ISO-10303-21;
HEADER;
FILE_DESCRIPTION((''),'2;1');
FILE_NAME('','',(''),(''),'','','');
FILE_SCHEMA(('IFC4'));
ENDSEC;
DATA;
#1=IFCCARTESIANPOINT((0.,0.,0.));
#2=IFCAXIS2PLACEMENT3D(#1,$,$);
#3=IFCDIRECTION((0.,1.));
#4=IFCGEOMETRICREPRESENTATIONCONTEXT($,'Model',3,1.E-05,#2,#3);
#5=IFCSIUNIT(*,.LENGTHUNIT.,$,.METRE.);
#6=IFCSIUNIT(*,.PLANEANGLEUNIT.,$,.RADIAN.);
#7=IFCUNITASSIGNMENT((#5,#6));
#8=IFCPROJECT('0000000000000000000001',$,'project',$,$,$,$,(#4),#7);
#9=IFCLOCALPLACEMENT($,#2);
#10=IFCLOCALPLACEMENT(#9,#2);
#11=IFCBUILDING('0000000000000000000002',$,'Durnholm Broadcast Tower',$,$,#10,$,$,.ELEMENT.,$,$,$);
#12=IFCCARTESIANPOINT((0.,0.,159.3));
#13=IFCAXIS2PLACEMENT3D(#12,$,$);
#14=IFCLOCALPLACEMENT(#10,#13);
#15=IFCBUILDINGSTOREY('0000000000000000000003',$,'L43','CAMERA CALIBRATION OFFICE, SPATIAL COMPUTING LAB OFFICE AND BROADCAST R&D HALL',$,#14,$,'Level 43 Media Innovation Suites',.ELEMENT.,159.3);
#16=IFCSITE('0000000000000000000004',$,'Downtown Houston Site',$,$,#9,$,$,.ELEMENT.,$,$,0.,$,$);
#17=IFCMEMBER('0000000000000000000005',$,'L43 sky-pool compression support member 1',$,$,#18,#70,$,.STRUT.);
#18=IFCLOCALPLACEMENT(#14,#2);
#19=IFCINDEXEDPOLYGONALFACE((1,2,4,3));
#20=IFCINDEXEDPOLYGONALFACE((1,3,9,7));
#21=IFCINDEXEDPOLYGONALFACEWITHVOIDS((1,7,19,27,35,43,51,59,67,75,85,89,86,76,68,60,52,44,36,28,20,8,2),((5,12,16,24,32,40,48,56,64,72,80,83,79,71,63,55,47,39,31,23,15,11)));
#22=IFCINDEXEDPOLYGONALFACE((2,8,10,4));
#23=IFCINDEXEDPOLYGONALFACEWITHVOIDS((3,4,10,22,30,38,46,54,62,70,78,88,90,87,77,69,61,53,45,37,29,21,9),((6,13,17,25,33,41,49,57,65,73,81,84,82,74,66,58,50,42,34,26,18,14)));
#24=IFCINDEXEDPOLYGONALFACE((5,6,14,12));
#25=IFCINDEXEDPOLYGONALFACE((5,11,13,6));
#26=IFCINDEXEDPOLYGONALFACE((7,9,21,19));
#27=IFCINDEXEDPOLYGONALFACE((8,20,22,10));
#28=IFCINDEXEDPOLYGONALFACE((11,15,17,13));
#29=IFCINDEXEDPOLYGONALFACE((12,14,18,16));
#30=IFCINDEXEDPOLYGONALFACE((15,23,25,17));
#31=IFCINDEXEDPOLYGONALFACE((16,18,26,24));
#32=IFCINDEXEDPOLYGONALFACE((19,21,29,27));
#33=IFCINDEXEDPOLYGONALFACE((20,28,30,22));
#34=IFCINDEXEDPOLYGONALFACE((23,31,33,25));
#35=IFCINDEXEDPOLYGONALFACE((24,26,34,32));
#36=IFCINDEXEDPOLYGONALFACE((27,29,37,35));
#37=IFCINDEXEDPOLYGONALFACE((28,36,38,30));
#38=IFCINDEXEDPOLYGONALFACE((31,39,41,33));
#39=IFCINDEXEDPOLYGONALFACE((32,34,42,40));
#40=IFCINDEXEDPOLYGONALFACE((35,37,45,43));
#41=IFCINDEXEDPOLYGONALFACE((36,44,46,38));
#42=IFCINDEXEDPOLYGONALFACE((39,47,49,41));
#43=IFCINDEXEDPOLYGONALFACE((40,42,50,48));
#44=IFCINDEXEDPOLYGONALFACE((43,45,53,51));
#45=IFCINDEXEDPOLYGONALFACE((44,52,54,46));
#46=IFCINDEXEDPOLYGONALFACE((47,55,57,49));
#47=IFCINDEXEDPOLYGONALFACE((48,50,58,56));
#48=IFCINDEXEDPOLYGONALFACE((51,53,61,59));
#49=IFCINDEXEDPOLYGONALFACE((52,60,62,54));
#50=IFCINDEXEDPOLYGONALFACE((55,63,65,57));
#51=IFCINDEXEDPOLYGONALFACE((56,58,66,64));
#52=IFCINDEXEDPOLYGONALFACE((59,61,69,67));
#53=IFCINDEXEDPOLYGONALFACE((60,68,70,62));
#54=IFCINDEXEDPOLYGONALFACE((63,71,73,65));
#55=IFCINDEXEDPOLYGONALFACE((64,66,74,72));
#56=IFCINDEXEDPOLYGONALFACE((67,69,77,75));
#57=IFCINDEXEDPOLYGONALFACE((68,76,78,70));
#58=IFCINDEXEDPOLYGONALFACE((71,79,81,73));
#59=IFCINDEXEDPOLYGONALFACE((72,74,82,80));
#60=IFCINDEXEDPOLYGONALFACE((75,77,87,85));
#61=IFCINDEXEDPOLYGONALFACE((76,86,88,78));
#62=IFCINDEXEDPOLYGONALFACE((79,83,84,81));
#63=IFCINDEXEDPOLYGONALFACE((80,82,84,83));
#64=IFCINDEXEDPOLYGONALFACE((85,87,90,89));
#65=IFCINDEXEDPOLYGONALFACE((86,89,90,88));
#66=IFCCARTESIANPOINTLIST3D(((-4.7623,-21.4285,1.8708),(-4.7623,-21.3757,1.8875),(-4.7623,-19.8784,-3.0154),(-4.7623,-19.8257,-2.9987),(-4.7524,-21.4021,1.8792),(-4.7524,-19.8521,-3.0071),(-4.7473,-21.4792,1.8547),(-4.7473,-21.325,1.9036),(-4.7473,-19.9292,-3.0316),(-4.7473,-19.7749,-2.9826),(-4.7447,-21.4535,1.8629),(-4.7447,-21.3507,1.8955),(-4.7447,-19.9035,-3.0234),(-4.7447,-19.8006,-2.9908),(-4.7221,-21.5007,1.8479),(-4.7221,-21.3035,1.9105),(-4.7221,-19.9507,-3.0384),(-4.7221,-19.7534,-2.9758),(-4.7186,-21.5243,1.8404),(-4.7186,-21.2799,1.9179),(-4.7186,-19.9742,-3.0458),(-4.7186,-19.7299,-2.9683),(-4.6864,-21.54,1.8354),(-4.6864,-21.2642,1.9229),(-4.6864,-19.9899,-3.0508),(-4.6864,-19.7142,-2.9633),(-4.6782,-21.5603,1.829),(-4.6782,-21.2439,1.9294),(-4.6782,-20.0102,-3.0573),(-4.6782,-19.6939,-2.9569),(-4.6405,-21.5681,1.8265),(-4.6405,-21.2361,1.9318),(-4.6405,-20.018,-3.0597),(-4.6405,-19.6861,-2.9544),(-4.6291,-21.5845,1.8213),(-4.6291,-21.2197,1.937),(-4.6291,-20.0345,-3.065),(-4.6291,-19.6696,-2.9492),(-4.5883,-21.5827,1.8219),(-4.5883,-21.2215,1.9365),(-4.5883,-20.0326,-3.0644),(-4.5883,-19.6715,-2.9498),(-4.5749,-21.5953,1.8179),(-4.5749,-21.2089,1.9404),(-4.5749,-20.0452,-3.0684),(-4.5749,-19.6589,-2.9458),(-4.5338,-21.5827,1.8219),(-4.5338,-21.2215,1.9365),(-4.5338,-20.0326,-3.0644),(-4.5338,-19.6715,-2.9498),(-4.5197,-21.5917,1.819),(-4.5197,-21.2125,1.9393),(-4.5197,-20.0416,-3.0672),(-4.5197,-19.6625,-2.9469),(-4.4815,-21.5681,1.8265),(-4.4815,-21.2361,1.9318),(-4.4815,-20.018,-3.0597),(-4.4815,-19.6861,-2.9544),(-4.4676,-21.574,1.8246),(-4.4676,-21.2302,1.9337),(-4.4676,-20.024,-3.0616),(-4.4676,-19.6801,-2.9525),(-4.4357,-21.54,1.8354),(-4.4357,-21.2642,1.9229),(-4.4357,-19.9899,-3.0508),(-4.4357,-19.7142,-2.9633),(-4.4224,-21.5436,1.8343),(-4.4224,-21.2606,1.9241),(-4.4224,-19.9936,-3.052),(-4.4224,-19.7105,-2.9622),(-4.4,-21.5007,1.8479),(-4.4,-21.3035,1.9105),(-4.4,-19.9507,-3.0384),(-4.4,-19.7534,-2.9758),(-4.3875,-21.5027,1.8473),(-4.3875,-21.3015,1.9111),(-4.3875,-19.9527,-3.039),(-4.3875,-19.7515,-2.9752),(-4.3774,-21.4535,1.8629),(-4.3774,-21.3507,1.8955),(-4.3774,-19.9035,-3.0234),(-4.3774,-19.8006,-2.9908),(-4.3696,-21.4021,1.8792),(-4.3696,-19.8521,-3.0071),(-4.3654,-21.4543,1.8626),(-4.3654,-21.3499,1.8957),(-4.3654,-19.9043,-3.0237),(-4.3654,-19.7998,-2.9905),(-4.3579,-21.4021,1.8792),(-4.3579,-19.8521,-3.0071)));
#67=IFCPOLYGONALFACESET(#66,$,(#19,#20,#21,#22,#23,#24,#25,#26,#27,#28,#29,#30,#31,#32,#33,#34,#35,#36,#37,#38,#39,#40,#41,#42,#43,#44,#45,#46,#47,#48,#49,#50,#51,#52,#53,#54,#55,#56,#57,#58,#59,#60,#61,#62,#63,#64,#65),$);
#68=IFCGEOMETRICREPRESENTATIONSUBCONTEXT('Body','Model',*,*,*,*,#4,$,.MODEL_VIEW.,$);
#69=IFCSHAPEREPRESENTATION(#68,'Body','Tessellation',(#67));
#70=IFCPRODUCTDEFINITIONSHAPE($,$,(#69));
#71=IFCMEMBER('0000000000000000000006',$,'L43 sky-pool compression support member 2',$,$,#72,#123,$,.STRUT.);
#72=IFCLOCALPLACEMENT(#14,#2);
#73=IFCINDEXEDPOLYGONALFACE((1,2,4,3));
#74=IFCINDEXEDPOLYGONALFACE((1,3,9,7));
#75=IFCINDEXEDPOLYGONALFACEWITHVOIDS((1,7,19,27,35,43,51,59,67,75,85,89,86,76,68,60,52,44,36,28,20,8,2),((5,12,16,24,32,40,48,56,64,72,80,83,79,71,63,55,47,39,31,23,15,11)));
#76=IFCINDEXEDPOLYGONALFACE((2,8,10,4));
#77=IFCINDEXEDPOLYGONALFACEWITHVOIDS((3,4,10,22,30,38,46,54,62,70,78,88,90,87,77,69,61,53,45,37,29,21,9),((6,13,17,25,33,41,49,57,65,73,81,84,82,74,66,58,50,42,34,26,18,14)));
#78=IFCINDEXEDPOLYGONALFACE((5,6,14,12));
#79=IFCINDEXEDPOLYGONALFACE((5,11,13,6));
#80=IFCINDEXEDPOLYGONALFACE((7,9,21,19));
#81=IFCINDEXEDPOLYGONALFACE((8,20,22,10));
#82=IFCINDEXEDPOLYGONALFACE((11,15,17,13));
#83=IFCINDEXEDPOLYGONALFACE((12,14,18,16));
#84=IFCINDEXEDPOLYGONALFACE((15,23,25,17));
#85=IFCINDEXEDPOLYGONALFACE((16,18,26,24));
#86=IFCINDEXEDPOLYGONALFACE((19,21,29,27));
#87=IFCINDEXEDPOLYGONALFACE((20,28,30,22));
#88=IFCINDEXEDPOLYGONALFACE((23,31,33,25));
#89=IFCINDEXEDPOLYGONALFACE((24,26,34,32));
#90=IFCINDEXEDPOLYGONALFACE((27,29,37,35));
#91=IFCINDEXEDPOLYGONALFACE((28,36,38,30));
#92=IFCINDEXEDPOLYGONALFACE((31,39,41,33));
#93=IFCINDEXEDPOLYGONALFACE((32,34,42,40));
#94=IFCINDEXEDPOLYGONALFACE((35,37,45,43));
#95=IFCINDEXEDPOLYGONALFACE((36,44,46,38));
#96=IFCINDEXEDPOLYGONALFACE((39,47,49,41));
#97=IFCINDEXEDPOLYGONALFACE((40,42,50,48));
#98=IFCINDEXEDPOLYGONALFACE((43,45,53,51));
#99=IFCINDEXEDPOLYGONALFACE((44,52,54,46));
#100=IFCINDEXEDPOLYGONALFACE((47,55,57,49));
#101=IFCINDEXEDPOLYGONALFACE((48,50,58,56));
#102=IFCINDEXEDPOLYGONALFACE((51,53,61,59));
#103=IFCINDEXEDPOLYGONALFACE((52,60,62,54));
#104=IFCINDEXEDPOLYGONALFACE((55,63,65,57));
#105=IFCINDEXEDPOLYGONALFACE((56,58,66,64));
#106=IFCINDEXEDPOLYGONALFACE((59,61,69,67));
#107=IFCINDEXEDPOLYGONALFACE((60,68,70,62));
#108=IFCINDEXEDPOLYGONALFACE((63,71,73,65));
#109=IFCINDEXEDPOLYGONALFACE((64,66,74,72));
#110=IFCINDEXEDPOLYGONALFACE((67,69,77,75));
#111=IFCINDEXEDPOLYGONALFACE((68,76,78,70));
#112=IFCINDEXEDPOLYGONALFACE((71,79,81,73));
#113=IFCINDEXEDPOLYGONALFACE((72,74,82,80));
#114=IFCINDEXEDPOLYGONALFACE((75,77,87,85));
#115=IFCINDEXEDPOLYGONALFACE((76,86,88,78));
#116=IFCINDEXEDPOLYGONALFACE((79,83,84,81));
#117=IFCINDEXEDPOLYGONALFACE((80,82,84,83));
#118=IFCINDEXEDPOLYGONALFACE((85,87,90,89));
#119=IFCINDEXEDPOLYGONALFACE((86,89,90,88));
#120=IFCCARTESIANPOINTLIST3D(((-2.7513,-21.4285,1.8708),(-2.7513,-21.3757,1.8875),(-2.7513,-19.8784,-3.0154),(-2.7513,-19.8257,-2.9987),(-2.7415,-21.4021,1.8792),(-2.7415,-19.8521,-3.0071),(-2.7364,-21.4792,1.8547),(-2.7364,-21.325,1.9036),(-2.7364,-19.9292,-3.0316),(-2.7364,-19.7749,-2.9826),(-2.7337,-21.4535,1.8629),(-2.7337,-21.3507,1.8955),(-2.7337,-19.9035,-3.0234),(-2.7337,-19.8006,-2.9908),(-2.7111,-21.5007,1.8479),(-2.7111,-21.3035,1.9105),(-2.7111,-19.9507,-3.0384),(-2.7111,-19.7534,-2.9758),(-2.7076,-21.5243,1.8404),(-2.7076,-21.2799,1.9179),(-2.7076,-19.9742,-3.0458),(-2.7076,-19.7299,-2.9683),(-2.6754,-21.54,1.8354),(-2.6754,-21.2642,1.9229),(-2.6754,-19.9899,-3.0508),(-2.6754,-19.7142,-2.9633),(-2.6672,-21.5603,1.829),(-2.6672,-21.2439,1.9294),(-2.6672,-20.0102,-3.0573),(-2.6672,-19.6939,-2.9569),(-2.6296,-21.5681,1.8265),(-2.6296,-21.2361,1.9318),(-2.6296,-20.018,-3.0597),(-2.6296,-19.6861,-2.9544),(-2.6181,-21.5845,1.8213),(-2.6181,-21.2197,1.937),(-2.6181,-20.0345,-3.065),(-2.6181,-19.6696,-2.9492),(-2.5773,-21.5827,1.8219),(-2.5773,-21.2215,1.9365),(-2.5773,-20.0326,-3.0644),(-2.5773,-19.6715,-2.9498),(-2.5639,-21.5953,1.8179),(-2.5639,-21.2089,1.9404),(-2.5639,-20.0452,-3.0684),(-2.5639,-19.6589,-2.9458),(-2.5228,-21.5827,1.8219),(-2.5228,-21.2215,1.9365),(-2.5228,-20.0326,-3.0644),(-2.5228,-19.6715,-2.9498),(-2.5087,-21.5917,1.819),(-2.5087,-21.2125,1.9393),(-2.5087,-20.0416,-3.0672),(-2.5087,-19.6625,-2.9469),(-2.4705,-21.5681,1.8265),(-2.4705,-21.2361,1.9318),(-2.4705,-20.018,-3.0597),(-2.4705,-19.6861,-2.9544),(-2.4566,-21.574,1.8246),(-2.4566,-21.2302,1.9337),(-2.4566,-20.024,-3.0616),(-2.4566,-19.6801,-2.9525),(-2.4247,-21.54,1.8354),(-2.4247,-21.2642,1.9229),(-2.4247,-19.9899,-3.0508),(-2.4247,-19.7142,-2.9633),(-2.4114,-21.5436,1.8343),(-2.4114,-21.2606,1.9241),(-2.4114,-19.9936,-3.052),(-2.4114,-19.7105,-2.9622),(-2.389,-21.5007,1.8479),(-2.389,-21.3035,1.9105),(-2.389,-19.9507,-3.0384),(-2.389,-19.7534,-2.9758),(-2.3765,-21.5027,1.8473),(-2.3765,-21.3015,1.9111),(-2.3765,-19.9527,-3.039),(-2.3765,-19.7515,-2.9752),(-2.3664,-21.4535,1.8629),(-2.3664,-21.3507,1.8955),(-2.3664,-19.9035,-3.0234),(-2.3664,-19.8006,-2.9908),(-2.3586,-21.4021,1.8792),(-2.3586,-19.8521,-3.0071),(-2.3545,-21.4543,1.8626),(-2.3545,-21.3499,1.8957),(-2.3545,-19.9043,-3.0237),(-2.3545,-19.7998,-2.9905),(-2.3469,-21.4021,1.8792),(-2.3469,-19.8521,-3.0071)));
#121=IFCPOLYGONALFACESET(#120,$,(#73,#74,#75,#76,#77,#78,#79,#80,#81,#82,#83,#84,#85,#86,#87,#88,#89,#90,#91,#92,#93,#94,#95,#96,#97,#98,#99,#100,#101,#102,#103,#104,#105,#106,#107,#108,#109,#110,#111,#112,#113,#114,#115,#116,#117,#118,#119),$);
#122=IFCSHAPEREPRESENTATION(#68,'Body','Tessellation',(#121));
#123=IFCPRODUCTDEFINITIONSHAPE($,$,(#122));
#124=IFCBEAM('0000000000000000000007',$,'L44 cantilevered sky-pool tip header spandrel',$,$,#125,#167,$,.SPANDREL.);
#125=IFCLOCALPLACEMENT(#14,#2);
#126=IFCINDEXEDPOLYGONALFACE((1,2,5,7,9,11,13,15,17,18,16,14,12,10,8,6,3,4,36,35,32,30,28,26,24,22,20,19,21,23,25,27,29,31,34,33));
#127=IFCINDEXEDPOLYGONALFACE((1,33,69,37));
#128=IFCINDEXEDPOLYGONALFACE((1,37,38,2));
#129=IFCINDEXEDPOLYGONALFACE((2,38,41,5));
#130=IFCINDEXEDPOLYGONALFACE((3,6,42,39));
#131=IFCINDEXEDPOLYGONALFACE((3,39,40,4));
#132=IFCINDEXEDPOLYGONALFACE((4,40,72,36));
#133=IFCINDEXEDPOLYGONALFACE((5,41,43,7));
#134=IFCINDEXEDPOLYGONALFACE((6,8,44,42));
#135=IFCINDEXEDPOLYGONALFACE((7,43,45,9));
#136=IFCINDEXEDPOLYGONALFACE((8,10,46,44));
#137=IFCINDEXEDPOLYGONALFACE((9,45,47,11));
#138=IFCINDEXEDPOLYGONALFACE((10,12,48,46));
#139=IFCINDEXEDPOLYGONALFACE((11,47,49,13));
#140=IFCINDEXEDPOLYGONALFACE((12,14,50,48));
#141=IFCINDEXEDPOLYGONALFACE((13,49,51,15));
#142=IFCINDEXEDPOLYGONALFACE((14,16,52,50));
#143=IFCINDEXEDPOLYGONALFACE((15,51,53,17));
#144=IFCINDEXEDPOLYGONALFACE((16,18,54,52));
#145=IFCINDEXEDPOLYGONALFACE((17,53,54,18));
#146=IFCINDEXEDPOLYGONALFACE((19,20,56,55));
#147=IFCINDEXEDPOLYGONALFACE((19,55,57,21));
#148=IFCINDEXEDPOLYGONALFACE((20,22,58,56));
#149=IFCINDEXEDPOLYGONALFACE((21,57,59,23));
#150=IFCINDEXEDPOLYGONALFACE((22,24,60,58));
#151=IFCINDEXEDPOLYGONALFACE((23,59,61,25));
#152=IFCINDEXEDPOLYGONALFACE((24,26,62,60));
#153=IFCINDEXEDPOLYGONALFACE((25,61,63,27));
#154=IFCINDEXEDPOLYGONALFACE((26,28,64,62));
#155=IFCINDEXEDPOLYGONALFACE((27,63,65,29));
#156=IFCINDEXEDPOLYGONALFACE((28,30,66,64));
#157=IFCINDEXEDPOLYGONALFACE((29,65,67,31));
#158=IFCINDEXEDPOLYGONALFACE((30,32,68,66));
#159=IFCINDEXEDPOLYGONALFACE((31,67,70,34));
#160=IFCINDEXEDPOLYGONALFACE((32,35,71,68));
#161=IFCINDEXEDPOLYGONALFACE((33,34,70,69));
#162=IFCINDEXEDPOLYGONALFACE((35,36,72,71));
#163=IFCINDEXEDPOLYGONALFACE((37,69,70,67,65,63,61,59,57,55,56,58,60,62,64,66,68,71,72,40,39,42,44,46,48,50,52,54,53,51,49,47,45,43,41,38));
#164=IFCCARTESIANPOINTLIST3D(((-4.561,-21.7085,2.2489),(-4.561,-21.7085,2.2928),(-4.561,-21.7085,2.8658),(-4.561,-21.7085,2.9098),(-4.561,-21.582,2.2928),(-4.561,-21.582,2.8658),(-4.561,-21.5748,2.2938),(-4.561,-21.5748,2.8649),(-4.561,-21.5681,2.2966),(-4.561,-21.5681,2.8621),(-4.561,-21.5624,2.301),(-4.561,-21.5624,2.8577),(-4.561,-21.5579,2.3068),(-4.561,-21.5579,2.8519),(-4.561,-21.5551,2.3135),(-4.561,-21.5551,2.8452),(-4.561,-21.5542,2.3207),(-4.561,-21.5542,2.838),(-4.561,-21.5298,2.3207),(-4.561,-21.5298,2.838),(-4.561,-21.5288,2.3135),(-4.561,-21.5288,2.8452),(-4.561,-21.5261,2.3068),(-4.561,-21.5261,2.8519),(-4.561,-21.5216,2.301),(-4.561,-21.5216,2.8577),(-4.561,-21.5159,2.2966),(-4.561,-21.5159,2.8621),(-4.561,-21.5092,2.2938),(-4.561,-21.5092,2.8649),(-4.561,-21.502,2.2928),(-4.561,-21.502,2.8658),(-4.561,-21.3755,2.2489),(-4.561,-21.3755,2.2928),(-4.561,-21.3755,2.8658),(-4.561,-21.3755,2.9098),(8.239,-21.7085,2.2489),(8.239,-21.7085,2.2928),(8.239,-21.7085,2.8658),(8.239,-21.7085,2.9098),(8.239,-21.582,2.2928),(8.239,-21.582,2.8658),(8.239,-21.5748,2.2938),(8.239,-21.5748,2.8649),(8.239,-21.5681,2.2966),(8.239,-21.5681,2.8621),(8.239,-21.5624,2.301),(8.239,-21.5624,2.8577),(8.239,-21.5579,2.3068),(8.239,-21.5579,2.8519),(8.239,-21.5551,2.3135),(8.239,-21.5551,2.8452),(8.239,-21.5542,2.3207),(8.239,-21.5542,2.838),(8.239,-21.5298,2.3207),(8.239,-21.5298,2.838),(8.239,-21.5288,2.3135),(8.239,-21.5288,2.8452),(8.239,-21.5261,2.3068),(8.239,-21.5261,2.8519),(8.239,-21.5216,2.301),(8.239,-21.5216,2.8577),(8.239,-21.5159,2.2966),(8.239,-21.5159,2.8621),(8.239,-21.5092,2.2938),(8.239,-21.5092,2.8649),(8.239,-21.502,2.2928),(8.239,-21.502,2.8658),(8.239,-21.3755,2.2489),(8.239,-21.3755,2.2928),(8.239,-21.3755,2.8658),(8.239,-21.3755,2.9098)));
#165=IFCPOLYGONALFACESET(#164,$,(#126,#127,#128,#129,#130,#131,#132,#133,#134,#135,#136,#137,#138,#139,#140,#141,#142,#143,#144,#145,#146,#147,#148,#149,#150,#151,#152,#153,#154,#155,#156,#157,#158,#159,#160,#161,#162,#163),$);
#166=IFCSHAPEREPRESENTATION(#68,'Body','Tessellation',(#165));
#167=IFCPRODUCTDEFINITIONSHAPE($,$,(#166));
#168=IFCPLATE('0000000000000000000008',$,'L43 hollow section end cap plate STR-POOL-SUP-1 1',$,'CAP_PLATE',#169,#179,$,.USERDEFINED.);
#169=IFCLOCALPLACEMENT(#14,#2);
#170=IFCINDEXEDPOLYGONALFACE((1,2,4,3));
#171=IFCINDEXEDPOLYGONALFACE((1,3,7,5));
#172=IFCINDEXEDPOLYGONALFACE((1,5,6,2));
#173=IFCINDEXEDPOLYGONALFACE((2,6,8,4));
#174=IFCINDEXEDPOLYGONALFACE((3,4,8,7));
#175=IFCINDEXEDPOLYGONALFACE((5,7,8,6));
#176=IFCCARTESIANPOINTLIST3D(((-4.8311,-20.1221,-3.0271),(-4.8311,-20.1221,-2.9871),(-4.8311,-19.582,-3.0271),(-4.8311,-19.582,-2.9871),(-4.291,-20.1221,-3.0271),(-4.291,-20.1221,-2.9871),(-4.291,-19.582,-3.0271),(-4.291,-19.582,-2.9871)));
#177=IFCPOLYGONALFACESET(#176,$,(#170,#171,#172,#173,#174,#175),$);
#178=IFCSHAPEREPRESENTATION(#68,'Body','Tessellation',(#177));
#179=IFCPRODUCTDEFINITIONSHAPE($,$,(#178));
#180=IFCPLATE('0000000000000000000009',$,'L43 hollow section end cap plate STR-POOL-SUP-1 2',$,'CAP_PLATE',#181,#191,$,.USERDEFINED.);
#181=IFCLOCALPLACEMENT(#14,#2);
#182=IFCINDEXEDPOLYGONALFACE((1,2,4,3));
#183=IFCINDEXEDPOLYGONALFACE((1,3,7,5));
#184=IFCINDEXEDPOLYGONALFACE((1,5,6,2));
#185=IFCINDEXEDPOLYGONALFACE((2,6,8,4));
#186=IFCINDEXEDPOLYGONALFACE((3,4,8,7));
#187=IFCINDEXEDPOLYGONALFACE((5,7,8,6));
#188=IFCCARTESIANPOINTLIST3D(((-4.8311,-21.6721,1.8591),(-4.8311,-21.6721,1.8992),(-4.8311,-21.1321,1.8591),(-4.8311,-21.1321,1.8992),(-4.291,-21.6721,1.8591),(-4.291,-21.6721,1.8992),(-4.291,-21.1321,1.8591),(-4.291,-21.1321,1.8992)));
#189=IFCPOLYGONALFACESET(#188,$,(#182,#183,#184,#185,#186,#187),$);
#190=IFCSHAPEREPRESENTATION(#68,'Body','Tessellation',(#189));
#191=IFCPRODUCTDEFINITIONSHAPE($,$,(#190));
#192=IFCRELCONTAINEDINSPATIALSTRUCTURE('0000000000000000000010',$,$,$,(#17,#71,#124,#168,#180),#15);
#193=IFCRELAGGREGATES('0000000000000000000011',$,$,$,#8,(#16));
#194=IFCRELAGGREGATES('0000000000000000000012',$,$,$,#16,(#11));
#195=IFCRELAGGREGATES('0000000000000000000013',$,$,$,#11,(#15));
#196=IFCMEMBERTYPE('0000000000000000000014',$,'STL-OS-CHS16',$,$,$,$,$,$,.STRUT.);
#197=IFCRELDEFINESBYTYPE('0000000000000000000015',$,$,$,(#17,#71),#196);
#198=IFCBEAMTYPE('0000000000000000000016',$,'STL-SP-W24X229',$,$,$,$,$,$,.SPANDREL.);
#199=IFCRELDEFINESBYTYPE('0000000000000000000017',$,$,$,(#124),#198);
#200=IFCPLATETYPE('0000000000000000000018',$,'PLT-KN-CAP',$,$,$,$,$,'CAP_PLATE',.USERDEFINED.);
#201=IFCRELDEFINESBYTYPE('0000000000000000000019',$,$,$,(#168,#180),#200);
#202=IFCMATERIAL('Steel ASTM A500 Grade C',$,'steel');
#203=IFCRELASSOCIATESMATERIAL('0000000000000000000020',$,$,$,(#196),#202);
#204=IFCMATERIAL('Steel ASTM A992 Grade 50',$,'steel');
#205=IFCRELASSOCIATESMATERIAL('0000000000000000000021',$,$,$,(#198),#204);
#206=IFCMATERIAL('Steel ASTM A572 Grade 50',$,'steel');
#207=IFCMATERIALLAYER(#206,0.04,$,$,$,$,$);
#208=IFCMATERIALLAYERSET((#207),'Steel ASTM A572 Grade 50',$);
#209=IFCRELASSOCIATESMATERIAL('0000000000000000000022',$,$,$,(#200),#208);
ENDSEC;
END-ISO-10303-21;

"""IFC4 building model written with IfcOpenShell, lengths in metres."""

from ifc_helpers import new_model, si_unit, direction, frame, origin, origin_2d, place, context, subcontext, project, spatial, rectangle, hollow_circle, i_section, extrude, source, transform, mapped, material, layer, layer_set, material_profile, profile_set, type_object, type_shapes, element, save


model = new_model("IFC4")

# Units and contexts
model_context = context("Model", 3, precision=1e-05, world=origin(), true_north=direction((0.0, 1.0)))
body_context = subcontext(model_context, "Body", "Model", "MODEL_VIEW")
ifc_project = project(units=[si_unit("LENGTHUNIT", "METRE"), si_unit("PLANEANGLEUNIT", "RADIAN")], contexts=[model_context])

# Site, building, storey
site_placement = place(None, origin())
site = spatial("IfcSite", under=ifc_project, at=site_placement, Name="Downtown Houston Site", CompositionType="ELEMENT", RefElevation=0.0)
building_placement = place(site_placement, origin())
building = spatial("IfcBuilding", under=site, at=building_placement, Name="Durnholm Broadcast Tower", CompositionType="ELEMENT")
storey_placement = place(building_placement, frame((0.0, 0.0, 159.3)))
storey = spatial("IfcBuildingStorey", under=building, at=storey_placement, Name="L43", Description="CAMERA CALIBRATION OFFICE, SPATIAL COMPUTING LAB OFFICE AND BROADCAST R&D HALL", LongName="Level 43 Media Innovation Suites", CompositionType="ELEMENT", Elevation=159.3)

# Members
ifc_material_1 = material(Name="Steel ASTM A500 Grade C", Category="steel")
ifc_material_profile_1 = material_profile(ifc_material_1, hollow_circle(Radius=0.2031, WallThickness=0.0117, at=origin_2d()), Name="HSS16.000X0.500")
ifc_profile_set_1 = profile_set([ifc_material_profile_1], Name="Steel ASTM A500 Grade C")
member_type = type_object("IfcMemberType", Name="STL-OS-CHS16", PredefinedType="STRUT", material=ifc_profile_set_1)
shared_shape_1 = source(origin(), body_context, "Body", "SweptSolid", [
    extrude(hollow_circle(Radius=0.2031, WallThickness=0.0117, at=origin_2d()), origin(), (0.0, 0.0, 1.0), 5.1262),
])
type_shapes(member_type, [shared_shape_1])
for number, where, z_axis, x_axis, name in (
    (1, (-4.561, -19.8521, -3.0071), (0.0, -0.302378, 0.953188), (1.0, 0.0, 0.0), "L43 sky-pool compression support member 1"),
    (2, (-2.55, -19.8521, -3.0071), (0.0, -0.302378, 0.953188), (1.0, 0.0, 0.0), "L43 sky-pool compression support member 2"),
):
    element("IfcMember", number, at=place(storey_placement, frame(where, z_axis=z_axis, x_axis=x_axis)), inside=storey, type_object=member_type, Name=name, PredefinedType="STRUT", context=body_context, shape_type="MappedRepresentation", body=[
        mapped(shared_shape_1, transform((0.0, 0.0, 0.0), x_axis=(1.0, 0.0, 0.0), y_axis=(0.0, 1.0, 0.0), z_axis=(0.0, 0.0, 1.0), scale=1.0)),
    ])

# Beam
ifc_material_2 = material(Name="Steel ASTM A992 Grade 50", Category="steel")
ifc_material_profile_2 = material_profile(ifc_material_2, i_section(OverallWidth=0.333, OverallDepth=0.6609, WebThickness=0.0244, FlangeThickness=0.0439, FilletRadius=0.0278, at=origin_2d()), Name="W24X229")
ifc_profile_set_2 = profile_set([ifc_material_profile_2], Name="Steel ASTM A992 Grade 50")
beam_type = type_object("IfcBeamType", Name="STL-SP-W24X229", PredefinedType="SPANDREL", material=ifc_profile_set_2)
shared_shape_2 = source(origin(), body_context, "Body", "SweptSolid", [
    extrude(i_section(OverallWidth=0.333, OverallDepth=0.6609, WebThickness=0.0244, FlangeThickness=0.0439, FilletRadius=0.0278, at=origin_2d()), origin(), (0.0, 0.0, 1.0), 12.8),
])
type_shapes(beam_type, [shared_shape_2])
beam_placement = place(storey_placement, frame((-4.561, -21.542, 2.5793), z_axis=(1.0, 0.0, 0.0), x_axis=(0.0, 1.0, 0.0)))
element("IfcBeam", 3, at=beam_placement, inside=storey, type_object=beam_type, Name="L44 cantilevered sky-pool tip header spandrel", PredefinedType="SPANDREL", context=body_context, shape_type="MappedRepresentation", body=[
    mapped(shared_shape_2, transform((0.0, 0.0, 0.0), x_axis=(1.0, 0.0, 0.0), y_axis=(0.0, 1.0, 0.0), z_axis=(0.0, 0.0, 1.0), scale=1.0)),
])

# Plates
ifc_material_3 = material(Name="Steel ASTM A572 Grade 50", Category="steel")
ifc_layer_1 = layer(ifc_material_3, 0.04)
ifc_layer_set_1 = layer_set([ifc_layer_1], Name="Steel ASTM A572 Grade 50")
plate_type_1 = type_object("IfcPlateType", Name="PLT-KN-CAP", ElementType="CAP_PLATE", PredefinedType="USERDEFINED", material=ifc_layer_set_1)
shared_shape_3 = source(origin(), body_context, "Body", "SweptSolid", [
    extrude(rectangle(XDim=0.54, YDim=0.54, at=origin_2d()), origin(), (0.0, 0.0, 1.0), 0.04),
])
type_shapes(plate_type_1, [shared_shape_3])
for number, where, z_axis, x_axis, name in (
    (4, (-4.561, -19.8521, -3.0271), (0.0, 0.0, 1.0), (0.0, -1.0, 0.0), "L43 hollow section end cap plate STR-POOL-SUP-1 1"),
    (5, (-4.561, -21.4021, 1.8591), (0.0, 0.0, 1.0), (0.0, -1.0, 0.0), "L43 hollow section end cap plate STR-POOL-SUP-1 2"),
):
    element("IfcPlate", number, at=place(storey_placement, frame(where, z_axis=z_axis, x_axis=x_axis)), inside=storey, type_object=plate_type_1, Name=name, ObjectType="CAP_PLATE", PredefinedType="USERDEFINED", context=body_context, shape_type="MappedRepresentation", body=[
        mapped(shared_shape_3, transform((0.0, 0.0, 0.0), x_axis=(1.0, 0.0, 0.0), y_axis=(0.0, 1.0, 0.0), z_axis=(0.0, 0.0, 1.0), scale=1.0)),
    ])

save(model, "model.ifc")
